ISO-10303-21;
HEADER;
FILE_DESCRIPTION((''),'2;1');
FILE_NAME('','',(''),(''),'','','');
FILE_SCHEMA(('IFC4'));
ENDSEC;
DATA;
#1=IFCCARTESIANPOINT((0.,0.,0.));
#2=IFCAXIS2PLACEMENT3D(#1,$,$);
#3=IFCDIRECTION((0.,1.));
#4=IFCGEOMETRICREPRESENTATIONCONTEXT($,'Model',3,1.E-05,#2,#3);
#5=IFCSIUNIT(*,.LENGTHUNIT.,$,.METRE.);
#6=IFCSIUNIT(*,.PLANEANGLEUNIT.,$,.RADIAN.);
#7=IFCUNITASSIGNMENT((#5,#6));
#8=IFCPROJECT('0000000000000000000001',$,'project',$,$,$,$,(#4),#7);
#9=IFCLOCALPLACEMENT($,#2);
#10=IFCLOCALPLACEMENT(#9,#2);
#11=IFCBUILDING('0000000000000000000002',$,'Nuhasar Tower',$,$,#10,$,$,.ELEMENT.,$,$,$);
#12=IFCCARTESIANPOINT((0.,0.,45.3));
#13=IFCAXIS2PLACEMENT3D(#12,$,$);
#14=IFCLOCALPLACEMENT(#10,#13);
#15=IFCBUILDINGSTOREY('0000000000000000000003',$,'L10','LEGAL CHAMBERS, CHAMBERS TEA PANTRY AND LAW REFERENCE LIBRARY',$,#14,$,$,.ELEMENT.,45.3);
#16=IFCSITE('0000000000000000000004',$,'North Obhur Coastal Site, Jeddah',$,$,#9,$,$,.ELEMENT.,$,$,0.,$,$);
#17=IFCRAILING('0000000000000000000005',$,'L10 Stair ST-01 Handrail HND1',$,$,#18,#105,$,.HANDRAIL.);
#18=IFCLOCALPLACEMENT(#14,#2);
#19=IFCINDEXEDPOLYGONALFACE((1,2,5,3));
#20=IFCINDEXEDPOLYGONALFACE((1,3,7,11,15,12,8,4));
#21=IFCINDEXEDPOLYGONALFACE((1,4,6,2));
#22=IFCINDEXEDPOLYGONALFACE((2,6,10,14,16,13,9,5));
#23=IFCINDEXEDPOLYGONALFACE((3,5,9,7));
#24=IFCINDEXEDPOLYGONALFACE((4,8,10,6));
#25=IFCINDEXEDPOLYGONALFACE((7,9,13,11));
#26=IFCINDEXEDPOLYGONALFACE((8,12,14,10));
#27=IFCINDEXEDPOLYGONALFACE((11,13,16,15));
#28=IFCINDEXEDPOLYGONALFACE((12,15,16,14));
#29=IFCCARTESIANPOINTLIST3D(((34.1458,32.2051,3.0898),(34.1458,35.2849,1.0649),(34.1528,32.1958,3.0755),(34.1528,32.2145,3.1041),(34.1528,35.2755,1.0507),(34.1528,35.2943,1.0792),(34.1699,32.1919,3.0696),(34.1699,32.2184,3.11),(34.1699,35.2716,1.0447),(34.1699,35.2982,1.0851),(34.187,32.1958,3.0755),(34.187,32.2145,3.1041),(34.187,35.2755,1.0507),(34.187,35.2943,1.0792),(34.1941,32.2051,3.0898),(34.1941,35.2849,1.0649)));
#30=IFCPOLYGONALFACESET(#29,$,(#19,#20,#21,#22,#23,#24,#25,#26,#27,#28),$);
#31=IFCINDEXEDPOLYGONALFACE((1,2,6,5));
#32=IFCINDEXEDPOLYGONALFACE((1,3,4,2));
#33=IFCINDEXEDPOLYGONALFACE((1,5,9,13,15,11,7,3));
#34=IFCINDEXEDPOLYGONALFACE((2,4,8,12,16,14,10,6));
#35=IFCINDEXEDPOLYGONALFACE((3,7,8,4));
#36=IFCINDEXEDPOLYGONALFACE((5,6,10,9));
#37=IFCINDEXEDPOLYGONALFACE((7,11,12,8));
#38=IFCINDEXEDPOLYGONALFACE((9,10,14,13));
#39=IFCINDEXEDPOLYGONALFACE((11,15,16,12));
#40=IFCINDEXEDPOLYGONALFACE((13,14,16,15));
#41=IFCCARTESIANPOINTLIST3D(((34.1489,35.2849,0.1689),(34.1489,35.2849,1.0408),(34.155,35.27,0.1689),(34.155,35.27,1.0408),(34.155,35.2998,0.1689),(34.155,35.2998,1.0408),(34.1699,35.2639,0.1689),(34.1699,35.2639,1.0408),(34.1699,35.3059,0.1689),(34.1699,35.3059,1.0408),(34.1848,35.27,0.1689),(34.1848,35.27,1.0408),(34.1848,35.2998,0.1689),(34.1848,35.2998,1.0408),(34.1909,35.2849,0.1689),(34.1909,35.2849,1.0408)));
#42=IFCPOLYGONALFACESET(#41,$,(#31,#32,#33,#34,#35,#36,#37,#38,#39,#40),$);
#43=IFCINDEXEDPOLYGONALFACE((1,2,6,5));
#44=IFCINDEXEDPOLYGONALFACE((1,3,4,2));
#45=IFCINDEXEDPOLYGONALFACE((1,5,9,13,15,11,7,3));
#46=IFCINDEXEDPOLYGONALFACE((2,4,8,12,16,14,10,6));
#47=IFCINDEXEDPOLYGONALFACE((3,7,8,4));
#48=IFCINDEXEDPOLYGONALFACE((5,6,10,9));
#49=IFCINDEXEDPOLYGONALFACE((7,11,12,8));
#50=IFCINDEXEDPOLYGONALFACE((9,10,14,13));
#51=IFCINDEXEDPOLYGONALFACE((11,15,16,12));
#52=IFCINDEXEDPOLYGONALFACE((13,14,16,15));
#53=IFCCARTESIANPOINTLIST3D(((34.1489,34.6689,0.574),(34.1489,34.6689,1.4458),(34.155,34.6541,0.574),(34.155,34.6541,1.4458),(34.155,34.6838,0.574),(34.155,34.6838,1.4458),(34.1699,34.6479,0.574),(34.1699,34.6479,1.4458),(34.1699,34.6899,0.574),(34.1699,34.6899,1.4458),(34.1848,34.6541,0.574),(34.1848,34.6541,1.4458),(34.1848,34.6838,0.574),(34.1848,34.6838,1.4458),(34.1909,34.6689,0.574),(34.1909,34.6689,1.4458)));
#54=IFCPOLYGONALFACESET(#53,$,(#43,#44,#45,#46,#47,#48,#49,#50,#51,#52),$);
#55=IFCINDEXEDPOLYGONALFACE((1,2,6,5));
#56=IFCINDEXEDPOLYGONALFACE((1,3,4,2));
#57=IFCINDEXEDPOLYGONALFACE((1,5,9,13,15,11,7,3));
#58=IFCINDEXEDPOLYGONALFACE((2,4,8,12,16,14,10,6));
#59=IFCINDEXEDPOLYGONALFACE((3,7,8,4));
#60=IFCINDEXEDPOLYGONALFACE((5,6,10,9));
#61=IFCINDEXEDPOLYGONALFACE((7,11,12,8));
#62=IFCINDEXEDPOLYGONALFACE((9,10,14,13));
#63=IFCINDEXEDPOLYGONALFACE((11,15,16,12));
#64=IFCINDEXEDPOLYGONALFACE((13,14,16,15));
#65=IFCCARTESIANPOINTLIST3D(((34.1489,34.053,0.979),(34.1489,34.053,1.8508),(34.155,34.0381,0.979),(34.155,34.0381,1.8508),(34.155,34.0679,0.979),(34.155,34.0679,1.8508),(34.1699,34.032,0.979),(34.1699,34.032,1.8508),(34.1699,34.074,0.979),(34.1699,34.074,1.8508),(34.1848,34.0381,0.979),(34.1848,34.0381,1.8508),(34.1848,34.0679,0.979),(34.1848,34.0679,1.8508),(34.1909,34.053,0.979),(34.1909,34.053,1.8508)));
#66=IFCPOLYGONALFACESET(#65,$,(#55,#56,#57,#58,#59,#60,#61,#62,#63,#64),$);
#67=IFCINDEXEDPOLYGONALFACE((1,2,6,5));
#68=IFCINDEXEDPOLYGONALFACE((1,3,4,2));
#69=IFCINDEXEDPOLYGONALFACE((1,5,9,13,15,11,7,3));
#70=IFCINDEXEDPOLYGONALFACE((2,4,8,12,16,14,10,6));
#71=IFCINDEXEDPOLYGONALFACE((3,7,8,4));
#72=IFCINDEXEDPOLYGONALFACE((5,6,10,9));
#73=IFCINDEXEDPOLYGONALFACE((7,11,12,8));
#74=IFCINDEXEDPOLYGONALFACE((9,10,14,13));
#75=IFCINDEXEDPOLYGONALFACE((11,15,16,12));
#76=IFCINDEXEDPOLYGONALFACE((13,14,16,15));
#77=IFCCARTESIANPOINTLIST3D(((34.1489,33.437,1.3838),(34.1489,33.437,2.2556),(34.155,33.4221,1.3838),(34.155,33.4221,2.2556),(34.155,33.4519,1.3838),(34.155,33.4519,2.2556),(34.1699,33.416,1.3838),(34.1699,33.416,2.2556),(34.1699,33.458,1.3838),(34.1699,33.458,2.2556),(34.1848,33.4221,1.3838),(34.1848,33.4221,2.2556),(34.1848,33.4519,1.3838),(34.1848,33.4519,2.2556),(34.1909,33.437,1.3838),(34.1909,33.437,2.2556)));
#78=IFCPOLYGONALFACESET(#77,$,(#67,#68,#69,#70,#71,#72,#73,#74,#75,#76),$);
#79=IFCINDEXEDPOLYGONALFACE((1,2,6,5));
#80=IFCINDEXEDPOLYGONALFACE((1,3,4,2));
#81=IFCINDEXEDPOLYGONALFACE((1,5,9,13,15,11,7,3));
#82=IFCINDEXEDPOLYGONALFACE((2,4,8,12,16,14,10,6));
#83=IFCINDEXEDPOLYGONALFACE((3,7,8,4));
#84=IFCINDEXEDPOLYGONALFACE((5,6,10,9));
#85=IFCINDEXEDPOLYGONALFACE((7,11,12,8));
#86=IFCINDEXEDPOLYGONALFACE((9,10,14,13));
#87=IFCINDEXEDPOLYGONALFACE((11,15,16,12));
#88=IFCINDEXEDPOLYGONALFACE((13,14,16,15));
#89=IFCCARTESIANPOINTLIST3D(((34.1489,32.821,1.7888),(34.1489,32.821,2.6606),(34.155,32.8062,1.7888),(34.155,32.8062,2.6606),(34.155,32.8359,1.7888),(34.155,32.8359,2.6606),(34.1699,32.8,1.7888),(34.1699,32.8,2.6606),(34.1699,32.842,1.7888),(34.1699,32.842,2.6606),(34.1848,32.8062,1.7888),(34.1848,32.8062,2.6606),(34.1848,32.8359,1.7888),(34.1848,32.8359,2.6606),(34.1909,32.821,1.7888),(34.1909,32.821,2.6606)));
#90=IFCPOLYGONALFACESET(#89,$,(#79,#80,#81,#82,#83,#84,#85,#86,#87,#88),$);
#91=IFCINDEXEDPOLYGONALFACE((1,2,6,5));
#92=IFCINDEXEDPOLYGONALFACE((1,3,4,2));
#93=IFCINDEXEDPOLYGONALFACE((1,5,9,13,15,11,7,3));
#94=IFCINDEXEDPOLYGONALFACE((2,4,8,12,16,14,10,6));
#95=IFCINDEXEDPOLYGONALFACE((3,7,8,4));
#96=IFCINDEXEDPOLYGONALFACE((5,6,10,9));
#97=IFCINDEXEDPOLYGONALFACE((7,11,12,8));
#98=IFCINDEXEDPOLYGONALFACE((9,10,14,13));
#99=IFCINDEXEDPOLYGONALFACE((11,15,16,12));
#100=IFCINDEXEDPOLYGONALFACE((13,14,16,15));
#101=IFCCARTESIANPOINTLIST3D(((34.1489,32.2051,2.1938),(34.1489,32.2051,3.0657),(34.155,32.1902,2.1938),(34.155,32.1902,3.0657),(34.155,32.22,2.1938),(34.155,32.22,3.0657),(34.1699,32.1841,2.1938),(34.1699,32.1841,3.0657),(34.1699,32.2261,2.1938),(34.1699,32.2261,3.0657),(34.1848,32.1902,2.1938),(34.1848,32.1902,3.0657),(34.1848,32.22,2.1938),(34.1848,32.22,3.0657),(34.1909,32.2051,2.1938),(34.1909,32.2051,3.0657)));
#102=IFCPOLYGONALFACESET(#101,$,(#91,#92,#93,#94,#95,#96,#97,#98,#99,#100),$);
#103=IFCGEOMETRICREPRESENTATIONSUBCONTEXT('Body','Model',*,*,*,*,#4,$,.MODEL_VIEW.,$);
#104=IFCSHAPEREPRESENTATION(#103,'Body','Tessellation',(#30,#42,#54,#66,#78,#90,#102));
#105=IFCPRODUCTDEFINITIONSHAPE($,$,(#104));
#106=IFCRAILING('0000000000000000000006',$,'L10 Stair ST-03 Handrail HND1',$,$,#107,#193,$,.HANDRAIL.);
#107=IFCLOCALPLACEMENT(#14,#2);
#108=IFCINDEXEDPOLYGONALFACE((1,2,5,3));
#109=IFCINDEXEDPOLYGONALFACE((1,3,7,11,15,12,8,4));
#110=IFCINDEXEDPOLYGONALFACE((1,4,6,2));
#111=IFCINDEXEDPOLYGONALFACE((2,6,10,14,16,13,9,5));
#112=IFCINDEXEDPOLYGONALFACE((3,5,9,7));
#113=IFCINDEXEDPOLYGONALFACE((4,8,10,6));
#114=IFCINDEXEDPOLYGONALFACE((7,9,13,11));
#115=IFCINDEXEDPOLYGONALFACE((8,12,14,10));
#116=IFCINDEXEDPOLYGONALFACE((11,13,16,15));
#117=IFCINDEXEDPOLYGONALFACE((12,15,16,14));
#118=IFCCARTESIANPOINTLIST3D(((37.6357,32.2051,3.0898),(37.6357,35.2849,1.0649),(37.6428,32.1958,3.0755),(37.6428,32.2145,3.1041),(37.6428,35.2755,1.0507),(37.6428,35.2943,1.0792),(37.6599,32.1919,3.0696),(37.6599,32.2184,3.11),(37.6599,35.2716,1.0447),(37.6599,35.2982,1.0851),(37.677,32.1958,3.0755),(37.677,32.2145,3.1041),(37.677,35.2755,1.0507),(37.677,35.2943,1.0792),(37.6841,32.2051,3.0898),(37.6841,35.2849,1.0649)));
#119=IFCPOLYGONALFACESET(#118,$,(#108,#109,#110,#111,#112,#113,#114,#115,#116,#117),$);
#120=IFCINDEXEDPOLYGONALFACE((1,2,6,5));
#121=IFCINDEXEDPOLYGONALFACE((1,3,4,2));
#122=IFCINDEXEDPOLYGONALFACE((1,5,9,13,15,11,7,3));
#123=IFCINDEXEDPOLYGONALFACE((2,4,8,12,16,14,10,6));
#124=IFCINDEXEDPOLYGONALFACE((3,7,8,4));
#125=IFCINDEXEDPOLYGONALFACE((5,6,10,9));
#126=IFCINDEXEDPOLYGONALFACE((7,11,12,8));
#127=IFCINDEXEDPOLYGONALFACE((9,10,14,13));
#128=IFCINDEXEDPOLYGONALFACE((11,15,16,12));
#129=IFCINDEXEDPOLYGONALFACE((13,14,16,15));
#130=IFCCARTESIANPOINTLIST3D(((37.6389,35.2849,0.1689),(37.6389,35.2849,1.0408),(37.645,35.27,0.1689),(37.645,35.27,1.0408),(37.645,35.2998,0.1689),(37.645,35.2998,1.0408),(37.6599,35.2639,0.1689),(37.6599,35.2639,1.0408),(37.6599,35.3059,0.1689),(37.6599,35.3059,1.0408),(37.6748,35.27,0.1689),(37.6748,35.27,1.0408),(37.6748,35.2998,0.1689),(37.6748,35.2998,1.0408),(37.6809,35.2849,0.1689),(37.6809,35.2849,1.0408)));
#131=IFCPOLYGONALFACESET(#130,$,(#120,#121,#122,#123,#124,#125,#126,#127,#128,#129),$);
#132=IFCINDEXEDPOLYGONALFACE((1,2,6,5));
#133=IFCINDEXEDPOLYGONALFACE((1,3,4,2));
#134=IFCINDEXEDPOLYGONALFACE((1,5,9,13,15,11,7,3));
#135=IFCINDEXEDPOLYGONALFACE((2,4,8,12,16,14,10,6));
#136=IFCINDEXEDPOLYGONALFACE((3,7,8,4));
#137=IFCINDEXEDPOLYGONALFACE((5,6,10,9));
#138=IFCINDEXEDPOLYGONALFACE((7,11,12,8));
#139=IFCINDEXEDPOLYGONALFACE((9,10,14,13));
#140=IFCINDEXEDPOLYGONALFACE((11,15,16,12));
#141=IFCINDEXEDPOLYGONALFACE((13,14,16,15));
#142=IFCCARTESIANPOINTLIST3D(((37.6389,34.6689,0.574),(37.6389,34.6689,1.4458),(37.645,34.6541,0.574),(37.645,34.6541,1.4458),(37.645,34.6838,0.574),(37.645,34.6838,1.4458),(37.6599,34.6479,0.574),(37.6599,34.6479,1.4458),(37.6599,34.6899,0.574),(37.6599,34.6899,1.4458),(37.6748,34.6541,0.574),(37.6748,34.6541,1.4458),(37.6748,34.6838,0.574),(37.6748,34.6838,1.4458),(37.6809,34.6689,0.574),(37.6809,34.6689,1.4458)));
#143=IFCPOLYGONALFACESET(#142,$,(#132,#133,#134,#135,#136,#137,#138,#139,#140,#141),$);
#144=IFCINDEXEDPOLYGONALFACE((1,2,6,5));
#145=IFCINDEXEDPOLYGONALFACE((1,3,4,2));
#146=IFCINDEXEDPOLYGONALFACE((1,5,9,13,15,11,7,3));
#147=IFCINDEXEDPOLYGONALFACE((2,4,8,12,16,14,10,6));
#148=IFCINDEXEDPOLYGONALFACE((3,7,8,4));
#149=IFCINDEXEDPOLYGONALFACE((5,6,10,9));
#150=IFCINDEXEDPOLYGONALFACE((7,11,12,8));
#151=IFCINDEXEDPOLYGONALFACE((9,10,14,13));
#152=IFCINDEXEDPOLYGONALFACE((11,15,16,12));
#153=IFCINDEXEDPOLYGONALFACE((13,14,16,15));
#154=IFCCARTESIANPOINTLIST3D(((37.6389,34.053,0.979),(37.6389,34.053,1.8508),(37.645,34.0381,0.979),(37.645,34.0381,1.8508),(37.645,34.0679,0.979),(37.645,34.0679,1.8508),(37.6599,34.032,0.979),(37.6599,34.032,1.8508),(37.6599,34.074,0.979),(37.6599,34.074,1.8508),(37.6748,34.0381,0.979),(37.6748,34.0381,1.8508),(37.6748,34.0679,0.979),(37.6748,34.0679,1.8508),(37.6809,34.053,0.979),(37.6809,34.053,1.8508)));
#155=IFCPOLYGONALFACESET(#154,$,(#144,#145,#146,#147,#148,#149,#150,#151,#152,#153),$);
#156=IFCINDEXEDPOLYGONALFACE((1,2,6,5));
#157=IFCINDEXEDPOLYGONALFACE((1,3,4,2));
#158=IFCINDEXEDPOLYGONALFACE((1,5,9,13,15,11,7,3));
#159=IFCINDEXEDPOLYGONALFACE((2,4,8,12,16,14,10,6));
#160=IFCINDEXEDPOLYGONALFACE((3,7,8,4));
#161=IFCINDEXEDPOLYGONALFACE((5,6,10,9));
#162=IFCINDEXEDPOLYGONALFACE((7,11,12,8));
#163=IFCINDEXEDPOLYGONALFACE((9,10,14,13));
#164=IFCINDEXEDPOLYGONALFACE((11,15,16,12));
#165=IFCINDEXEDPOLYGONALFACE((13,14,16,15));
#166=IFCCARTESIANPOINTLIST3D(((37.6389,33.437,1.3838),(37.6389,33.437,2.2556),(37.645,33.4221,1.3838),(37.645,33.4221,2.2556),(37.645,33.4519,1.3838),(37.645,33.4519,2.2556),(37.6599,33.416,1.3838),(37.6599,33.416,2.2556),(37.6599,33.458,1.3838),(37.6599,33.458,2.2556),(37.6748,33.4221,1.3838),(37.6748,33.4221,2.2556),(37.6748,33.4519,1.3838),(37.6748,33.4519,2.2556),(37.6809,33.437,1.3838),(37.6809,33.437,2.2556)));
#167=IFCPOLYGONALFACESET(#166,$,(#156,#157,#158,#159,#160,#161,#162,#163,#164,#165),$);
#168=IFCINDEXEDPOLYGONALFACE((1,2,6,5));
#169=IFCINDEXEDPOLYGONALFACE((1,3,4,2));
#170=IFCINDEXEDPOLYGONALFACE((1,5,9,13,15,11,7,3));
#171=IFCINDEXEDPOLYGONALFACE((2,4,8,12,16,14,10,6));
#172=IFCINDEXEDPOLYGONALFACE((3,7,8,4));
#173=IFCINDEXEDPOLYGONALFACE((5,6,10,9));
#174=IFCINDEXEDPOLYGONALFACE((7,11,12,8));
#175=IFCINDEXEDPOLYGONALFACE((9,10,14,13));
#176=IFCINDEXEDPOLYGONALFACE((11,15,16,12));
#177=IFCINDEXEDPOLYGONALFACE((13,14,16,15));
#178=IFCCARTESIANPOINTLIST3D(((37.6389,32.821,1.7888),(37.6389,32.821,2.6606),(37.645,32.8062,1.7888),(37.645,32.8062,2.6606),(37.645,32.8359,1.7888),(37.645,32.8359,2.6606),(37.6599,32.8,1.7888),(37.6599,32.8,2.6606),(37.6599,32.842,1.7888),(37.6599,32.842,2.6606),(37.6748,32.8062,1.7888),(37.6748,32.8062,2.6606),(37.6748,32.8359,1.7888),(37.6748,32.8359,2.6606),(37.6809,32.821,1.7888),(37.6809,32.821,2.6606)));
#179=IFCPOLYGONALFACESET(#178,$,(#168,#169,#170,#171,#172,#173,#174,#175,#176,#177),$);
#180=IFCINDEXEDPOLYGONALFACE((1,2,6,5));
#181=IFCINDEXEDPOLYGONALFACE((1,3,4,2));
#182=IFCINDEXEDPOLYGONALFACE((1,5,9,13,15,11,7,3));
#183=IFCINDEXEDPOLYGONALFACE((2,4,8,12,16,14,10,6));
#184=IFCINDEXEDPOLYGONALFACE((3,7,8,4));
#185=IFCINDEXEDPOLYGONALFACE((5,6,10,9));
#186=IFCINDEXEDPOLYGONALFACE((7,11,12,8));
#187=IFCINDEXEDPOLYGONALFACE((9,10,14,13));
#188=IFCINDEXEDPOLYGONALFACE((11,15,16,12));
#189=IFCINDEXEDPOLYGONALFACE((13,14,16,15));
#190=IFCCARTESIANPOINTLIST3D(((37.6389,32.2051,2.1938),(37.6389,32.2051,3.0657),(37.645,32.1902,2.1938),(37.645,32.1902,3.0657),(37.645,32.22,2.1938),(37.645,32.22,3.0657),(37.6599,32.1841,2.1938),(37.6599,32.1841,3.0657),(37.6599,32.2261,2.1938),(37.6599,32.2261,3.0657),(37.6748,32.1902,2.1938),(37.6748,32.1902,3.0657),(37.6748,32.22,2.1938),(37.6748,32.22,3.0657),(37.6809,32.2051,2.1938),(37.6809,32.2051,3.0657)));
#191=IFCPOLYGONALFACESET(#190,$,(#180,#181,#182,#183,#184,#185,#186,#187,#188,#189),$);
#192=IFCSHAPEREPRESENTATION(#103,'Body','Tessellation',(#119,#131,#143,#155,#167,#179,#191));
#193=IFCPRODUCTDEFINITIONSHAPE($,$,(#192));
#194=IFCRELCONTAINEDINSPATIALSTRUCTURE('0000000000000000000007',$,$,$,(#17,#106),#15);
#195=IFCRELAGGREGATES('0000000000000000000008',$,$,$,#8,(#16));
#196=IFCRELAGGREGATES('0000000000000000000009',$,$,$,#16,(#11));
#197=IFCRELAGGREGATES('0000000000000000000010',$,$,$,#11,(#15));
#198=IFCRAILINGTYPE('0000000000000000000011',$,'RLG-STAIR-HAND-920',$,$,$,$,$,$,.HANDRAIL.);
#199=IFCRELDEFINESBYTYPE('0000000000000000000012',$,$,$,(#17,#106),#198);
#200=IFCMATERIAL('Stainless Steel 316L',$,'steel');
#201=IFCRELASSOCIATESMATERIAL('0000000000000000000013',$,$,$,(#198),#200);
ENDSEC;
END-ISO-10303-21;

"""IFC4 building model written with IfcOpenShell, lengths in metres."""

from ifc_helpers import new_model, si_unit, direction, frame, origin, place, context, subcontext, project, spatial, polyline, outline, extrude, material, type_object, element, save


model = new_model("IFC4")

# Units and contexts
model_context = context("Model", 3, precision=1e-05, world=origin(), true_north=direction((0.0, 1.0)))
body_context = subcontext(model_context, "Body", "Model", "MODEL_VIEW")
ifc_project = project(units=[si_unit("LENGTHUNIT", "METRE"), si_unit("PLANEANGLEUNIT", "RADIAN")], contexts=[model_context])

# Site, building, storey
site_placement = place(None, origin())
site = spatial("IfcSite", under=ifc_project, at=site_placement, Name="North Obhur Coastal Site, Jeddah", CompositionType="ELEMENT", RefElevation=0.0)
building_placement = place(site_placement, origin())
building = spatial("IfcBuilding", under=site, at=building_placement, Name="Nuhasar Tower", CompositionType="ELEMENT")
storey_placement = place(building_placement, frame((0.0, 0.0, 45.3)))
storey = spatial("IfcBuildingStorey", under=building, at=storey_placement, Name="L10", Description="LEGAL CHAMBERS, CHAMBERS TEA PANTRY AND LAW REFERENCE LIBRARY", CompositionType="ELEMENT", Elevation=45.3)

# Railings
ifc_material_1 = material(Name="Stainless Steel 316L", Category="steel")
railing_type_1 = type_object("IfcRailingType", Name="RLG-STAIR-HAND-920", PredefinedType="HANDRAIL", material=ifc_material_1)
railing_1_placement = place(storey_placement, frame((34.1699, 35.2849, 0.1689)))
element("IfcRailing", 1, at=railing_1_placement, inside=storey, type_object=railing_type_1, Name="L10 Stair ST-01 Handrail HND1", PredefinedType="HANDRAIL", context=body_context, shape_type="SweptSolid", body=[
    extrude(outline(polyline([(0.0242, 0.0), (0.0171, 0.0171), (0.0, 0.0242), (-0.0171, 0.0171), (-0.0242, 0.0), (-0.0171, -0.0171), (0.0, -0.0242), (0.0171, -0.0171), (0.0242, 0.0)])), frame((0.0, 0.0, 0.896), z_axis=(0.0, -0.83558, 0.54937), x_axis=(1.0, 0.0, 0.0)), (0.0, 0.0, 1.0), 3.6858),
    extrude(outline(polyline([(0.021, 0.0), (0.0149, 0.0149), (0.0, 0.021), (-0.0149, 0.0149), (-0.021, 0.0), (-0.0149, -0.0149), (0.0, -0.021), (0.0149, -0.0149), (0.021, 0.0)])), origin(), (0.0, 0.0, 1.0), 0.8718),
    extrude(outline(polyline([(0.021, 0.0), (0.0149, 0.0149), (0.0, 0.021), (-0.0149, 0.0149), (-0.021, 0.0), (-0.0149, -0.0149), (0.0, -0.021), (0.0149, -0.0149), (0.021, 0.0)])), frame((0.0, -0.616, 0.405)), (0.0, 0.0, 1.0), 0.8718),
    extrude(outline(polyline([(0.021, 0.0), (0.0149, 0.0149), (0.0, 0.021), (-0.0149, 0.0149), (-0.021, 0.0), (-0.0149, -0.0149), (0.0, -0.021), (0.0149, -0.0149), (0.021, 0.0)])), frame((0.0, -1.2319, 0.8101)), (0.0, 0.0, 1.0), 0.8718),
    extrude(outline(polyline([(0.021, 0.0), (0.0149, 0.0149), (0.0, 0.021), (-0.0149, 0.0149), (-0.021, 0.0), (-0.0149, -0.0149), (0.0, -0.021), (0.0149, -0.0149), (0.021, 0.0)])), frame((0.0, -1.8479, 1.2148)), (0.0, 0.0, 1.0), 0.8718),
    extrude(outline(polyline([(0.021, 0.0), (0.0149, 0.0149), (0.0, 0.021), (-0.0149, 0.0149), (-0.021, 0.0), (-0.0149, -0.0149), (0.0, -0.021), (0.0149, -0.0149), (0.021, 0.0)])), frame((0.0, -2.4639, 1.6199)), (0.0, 0.0, 1.0), 0.8718),
    extrude(outline(polyline([(0.021, 0.0), (0.0149, 0.0149), (0.0, 0.021), (-0.0149, 0.0149), (-0.021, 0.0), (-0.0149, -0.0149), (0.0, -0.021), (0.0149, -0.0149), (0.021, 0.0)])), frame((0.0, -3.0798, 2.0249)), (0.0, 0.0, 1.0), 0.8718),
])
railing_2_placement = place(storey_placement, frame((37.6599, 35.2849, 0.1689)))
element("IfcRailing", 2, at=railing_2_placement, inside=storey, type_object=railing_type_1, Name="L10 Stair ST-03 Handrail HND1", PredefinedType="HANDRAIL", context=body_context, shape_type="SweptSolid", body=[
    extrude(outline(polyline([(0.0242, 0.0), (0.0171, 0.0171), (0.0, 0.0242), (-0.0171, 0.0171), (-0.0242, 0.0), (-0.0171, -0.0171), (0.0, -0.0242), (0.0171, -0.0171), (0.0242, 0.0)])), frame((0.0, 0.0, 0.896), z_axis=(0.0, -0.83558, 0.54937), x_axis=(1.0, 0.0, 0.0)), (0.0, 0.0, 1.0), 3.6858),
    extrude(outline(polyline([(0.021, 0.0), (0.0149, 0.0149), (0.0, 0.021), (-0.0149, 0.0149), (-0.021, 0.0), (-0.0149, -0.0149), (0.0, -0.021), (0.0149, -0.0149), (0.021, 0.0)])), origin(), (0.0, 0.0, 1.0), 0.8718),
    extrude(outline(polyline([(0.021, 0.0), (0.0149, 0.0149), (0.0, 0.021), (-0.0149, 0.0149), (-0.021, 0.0), (-0.0149, -0.0149), (0.0, -0.021), (0.0149, -0.0149), (0.021, 0.0)])), frame((0.0, -0.616, 0.405)), (0.0, 0.0, 1.0), 0.8718),
    extrude(outline(polyline([(0.021, 0.0), (0.0149, 0.0149), (0.0, 0.021), (-0.0149, 0.0149), (-0.021, 0.0), (-0.0149, -0.0149), (0.0, -0.021), (0.0149, -0.0149), (0.021, 0.0)])), frame((0.0, -1.2319, 0.8101)), (0.0, 0.0, 1.0), 0.8718),
    extrude(outline(polyline([(0.021, 0.0), (0.0149, 0.0149), (0.0, 0.021), (-0.0149, 0.0149), (-0.021, 0.0), (-0.0149, -0.0149), (0.0, -0.021), (0.0149, -0.0149), (0.021, 0.0)])), frame((0.0, -1.8479, 1.2148)), (0.0, 0.0, 1.0), 0.8718),
    extrude(outline(polyline([(0.021, 0.0), (0.0149, 0.0149), (0.0, 0.021), (-0.0149, 0.0149), (-0.021, 0.0), (-0.0149, -0.0149), (0.0, -0.021), (0.0149, -0.0149), (0.021, 0.0)])), frame((0.0, -2.4639, 1.6199)), (0.0, 0.0, 1.0), 0.8718),
    extrude(outline(polyline([(0.021, 0.0), (0.0149, 0.0149), (0.0, 0.021), (-0.0149, 0.0149), (-0.021, 0.0), (-0.0149, -0.0149), (0.0, -0.021), (0.0149, -0.0149), (0.021, 0.0)])), frame((0.0, -3.0798, 2.0249)), (0.0, 0.0, 1.0), 0.8718),
])

save(model, "model.ifc")
